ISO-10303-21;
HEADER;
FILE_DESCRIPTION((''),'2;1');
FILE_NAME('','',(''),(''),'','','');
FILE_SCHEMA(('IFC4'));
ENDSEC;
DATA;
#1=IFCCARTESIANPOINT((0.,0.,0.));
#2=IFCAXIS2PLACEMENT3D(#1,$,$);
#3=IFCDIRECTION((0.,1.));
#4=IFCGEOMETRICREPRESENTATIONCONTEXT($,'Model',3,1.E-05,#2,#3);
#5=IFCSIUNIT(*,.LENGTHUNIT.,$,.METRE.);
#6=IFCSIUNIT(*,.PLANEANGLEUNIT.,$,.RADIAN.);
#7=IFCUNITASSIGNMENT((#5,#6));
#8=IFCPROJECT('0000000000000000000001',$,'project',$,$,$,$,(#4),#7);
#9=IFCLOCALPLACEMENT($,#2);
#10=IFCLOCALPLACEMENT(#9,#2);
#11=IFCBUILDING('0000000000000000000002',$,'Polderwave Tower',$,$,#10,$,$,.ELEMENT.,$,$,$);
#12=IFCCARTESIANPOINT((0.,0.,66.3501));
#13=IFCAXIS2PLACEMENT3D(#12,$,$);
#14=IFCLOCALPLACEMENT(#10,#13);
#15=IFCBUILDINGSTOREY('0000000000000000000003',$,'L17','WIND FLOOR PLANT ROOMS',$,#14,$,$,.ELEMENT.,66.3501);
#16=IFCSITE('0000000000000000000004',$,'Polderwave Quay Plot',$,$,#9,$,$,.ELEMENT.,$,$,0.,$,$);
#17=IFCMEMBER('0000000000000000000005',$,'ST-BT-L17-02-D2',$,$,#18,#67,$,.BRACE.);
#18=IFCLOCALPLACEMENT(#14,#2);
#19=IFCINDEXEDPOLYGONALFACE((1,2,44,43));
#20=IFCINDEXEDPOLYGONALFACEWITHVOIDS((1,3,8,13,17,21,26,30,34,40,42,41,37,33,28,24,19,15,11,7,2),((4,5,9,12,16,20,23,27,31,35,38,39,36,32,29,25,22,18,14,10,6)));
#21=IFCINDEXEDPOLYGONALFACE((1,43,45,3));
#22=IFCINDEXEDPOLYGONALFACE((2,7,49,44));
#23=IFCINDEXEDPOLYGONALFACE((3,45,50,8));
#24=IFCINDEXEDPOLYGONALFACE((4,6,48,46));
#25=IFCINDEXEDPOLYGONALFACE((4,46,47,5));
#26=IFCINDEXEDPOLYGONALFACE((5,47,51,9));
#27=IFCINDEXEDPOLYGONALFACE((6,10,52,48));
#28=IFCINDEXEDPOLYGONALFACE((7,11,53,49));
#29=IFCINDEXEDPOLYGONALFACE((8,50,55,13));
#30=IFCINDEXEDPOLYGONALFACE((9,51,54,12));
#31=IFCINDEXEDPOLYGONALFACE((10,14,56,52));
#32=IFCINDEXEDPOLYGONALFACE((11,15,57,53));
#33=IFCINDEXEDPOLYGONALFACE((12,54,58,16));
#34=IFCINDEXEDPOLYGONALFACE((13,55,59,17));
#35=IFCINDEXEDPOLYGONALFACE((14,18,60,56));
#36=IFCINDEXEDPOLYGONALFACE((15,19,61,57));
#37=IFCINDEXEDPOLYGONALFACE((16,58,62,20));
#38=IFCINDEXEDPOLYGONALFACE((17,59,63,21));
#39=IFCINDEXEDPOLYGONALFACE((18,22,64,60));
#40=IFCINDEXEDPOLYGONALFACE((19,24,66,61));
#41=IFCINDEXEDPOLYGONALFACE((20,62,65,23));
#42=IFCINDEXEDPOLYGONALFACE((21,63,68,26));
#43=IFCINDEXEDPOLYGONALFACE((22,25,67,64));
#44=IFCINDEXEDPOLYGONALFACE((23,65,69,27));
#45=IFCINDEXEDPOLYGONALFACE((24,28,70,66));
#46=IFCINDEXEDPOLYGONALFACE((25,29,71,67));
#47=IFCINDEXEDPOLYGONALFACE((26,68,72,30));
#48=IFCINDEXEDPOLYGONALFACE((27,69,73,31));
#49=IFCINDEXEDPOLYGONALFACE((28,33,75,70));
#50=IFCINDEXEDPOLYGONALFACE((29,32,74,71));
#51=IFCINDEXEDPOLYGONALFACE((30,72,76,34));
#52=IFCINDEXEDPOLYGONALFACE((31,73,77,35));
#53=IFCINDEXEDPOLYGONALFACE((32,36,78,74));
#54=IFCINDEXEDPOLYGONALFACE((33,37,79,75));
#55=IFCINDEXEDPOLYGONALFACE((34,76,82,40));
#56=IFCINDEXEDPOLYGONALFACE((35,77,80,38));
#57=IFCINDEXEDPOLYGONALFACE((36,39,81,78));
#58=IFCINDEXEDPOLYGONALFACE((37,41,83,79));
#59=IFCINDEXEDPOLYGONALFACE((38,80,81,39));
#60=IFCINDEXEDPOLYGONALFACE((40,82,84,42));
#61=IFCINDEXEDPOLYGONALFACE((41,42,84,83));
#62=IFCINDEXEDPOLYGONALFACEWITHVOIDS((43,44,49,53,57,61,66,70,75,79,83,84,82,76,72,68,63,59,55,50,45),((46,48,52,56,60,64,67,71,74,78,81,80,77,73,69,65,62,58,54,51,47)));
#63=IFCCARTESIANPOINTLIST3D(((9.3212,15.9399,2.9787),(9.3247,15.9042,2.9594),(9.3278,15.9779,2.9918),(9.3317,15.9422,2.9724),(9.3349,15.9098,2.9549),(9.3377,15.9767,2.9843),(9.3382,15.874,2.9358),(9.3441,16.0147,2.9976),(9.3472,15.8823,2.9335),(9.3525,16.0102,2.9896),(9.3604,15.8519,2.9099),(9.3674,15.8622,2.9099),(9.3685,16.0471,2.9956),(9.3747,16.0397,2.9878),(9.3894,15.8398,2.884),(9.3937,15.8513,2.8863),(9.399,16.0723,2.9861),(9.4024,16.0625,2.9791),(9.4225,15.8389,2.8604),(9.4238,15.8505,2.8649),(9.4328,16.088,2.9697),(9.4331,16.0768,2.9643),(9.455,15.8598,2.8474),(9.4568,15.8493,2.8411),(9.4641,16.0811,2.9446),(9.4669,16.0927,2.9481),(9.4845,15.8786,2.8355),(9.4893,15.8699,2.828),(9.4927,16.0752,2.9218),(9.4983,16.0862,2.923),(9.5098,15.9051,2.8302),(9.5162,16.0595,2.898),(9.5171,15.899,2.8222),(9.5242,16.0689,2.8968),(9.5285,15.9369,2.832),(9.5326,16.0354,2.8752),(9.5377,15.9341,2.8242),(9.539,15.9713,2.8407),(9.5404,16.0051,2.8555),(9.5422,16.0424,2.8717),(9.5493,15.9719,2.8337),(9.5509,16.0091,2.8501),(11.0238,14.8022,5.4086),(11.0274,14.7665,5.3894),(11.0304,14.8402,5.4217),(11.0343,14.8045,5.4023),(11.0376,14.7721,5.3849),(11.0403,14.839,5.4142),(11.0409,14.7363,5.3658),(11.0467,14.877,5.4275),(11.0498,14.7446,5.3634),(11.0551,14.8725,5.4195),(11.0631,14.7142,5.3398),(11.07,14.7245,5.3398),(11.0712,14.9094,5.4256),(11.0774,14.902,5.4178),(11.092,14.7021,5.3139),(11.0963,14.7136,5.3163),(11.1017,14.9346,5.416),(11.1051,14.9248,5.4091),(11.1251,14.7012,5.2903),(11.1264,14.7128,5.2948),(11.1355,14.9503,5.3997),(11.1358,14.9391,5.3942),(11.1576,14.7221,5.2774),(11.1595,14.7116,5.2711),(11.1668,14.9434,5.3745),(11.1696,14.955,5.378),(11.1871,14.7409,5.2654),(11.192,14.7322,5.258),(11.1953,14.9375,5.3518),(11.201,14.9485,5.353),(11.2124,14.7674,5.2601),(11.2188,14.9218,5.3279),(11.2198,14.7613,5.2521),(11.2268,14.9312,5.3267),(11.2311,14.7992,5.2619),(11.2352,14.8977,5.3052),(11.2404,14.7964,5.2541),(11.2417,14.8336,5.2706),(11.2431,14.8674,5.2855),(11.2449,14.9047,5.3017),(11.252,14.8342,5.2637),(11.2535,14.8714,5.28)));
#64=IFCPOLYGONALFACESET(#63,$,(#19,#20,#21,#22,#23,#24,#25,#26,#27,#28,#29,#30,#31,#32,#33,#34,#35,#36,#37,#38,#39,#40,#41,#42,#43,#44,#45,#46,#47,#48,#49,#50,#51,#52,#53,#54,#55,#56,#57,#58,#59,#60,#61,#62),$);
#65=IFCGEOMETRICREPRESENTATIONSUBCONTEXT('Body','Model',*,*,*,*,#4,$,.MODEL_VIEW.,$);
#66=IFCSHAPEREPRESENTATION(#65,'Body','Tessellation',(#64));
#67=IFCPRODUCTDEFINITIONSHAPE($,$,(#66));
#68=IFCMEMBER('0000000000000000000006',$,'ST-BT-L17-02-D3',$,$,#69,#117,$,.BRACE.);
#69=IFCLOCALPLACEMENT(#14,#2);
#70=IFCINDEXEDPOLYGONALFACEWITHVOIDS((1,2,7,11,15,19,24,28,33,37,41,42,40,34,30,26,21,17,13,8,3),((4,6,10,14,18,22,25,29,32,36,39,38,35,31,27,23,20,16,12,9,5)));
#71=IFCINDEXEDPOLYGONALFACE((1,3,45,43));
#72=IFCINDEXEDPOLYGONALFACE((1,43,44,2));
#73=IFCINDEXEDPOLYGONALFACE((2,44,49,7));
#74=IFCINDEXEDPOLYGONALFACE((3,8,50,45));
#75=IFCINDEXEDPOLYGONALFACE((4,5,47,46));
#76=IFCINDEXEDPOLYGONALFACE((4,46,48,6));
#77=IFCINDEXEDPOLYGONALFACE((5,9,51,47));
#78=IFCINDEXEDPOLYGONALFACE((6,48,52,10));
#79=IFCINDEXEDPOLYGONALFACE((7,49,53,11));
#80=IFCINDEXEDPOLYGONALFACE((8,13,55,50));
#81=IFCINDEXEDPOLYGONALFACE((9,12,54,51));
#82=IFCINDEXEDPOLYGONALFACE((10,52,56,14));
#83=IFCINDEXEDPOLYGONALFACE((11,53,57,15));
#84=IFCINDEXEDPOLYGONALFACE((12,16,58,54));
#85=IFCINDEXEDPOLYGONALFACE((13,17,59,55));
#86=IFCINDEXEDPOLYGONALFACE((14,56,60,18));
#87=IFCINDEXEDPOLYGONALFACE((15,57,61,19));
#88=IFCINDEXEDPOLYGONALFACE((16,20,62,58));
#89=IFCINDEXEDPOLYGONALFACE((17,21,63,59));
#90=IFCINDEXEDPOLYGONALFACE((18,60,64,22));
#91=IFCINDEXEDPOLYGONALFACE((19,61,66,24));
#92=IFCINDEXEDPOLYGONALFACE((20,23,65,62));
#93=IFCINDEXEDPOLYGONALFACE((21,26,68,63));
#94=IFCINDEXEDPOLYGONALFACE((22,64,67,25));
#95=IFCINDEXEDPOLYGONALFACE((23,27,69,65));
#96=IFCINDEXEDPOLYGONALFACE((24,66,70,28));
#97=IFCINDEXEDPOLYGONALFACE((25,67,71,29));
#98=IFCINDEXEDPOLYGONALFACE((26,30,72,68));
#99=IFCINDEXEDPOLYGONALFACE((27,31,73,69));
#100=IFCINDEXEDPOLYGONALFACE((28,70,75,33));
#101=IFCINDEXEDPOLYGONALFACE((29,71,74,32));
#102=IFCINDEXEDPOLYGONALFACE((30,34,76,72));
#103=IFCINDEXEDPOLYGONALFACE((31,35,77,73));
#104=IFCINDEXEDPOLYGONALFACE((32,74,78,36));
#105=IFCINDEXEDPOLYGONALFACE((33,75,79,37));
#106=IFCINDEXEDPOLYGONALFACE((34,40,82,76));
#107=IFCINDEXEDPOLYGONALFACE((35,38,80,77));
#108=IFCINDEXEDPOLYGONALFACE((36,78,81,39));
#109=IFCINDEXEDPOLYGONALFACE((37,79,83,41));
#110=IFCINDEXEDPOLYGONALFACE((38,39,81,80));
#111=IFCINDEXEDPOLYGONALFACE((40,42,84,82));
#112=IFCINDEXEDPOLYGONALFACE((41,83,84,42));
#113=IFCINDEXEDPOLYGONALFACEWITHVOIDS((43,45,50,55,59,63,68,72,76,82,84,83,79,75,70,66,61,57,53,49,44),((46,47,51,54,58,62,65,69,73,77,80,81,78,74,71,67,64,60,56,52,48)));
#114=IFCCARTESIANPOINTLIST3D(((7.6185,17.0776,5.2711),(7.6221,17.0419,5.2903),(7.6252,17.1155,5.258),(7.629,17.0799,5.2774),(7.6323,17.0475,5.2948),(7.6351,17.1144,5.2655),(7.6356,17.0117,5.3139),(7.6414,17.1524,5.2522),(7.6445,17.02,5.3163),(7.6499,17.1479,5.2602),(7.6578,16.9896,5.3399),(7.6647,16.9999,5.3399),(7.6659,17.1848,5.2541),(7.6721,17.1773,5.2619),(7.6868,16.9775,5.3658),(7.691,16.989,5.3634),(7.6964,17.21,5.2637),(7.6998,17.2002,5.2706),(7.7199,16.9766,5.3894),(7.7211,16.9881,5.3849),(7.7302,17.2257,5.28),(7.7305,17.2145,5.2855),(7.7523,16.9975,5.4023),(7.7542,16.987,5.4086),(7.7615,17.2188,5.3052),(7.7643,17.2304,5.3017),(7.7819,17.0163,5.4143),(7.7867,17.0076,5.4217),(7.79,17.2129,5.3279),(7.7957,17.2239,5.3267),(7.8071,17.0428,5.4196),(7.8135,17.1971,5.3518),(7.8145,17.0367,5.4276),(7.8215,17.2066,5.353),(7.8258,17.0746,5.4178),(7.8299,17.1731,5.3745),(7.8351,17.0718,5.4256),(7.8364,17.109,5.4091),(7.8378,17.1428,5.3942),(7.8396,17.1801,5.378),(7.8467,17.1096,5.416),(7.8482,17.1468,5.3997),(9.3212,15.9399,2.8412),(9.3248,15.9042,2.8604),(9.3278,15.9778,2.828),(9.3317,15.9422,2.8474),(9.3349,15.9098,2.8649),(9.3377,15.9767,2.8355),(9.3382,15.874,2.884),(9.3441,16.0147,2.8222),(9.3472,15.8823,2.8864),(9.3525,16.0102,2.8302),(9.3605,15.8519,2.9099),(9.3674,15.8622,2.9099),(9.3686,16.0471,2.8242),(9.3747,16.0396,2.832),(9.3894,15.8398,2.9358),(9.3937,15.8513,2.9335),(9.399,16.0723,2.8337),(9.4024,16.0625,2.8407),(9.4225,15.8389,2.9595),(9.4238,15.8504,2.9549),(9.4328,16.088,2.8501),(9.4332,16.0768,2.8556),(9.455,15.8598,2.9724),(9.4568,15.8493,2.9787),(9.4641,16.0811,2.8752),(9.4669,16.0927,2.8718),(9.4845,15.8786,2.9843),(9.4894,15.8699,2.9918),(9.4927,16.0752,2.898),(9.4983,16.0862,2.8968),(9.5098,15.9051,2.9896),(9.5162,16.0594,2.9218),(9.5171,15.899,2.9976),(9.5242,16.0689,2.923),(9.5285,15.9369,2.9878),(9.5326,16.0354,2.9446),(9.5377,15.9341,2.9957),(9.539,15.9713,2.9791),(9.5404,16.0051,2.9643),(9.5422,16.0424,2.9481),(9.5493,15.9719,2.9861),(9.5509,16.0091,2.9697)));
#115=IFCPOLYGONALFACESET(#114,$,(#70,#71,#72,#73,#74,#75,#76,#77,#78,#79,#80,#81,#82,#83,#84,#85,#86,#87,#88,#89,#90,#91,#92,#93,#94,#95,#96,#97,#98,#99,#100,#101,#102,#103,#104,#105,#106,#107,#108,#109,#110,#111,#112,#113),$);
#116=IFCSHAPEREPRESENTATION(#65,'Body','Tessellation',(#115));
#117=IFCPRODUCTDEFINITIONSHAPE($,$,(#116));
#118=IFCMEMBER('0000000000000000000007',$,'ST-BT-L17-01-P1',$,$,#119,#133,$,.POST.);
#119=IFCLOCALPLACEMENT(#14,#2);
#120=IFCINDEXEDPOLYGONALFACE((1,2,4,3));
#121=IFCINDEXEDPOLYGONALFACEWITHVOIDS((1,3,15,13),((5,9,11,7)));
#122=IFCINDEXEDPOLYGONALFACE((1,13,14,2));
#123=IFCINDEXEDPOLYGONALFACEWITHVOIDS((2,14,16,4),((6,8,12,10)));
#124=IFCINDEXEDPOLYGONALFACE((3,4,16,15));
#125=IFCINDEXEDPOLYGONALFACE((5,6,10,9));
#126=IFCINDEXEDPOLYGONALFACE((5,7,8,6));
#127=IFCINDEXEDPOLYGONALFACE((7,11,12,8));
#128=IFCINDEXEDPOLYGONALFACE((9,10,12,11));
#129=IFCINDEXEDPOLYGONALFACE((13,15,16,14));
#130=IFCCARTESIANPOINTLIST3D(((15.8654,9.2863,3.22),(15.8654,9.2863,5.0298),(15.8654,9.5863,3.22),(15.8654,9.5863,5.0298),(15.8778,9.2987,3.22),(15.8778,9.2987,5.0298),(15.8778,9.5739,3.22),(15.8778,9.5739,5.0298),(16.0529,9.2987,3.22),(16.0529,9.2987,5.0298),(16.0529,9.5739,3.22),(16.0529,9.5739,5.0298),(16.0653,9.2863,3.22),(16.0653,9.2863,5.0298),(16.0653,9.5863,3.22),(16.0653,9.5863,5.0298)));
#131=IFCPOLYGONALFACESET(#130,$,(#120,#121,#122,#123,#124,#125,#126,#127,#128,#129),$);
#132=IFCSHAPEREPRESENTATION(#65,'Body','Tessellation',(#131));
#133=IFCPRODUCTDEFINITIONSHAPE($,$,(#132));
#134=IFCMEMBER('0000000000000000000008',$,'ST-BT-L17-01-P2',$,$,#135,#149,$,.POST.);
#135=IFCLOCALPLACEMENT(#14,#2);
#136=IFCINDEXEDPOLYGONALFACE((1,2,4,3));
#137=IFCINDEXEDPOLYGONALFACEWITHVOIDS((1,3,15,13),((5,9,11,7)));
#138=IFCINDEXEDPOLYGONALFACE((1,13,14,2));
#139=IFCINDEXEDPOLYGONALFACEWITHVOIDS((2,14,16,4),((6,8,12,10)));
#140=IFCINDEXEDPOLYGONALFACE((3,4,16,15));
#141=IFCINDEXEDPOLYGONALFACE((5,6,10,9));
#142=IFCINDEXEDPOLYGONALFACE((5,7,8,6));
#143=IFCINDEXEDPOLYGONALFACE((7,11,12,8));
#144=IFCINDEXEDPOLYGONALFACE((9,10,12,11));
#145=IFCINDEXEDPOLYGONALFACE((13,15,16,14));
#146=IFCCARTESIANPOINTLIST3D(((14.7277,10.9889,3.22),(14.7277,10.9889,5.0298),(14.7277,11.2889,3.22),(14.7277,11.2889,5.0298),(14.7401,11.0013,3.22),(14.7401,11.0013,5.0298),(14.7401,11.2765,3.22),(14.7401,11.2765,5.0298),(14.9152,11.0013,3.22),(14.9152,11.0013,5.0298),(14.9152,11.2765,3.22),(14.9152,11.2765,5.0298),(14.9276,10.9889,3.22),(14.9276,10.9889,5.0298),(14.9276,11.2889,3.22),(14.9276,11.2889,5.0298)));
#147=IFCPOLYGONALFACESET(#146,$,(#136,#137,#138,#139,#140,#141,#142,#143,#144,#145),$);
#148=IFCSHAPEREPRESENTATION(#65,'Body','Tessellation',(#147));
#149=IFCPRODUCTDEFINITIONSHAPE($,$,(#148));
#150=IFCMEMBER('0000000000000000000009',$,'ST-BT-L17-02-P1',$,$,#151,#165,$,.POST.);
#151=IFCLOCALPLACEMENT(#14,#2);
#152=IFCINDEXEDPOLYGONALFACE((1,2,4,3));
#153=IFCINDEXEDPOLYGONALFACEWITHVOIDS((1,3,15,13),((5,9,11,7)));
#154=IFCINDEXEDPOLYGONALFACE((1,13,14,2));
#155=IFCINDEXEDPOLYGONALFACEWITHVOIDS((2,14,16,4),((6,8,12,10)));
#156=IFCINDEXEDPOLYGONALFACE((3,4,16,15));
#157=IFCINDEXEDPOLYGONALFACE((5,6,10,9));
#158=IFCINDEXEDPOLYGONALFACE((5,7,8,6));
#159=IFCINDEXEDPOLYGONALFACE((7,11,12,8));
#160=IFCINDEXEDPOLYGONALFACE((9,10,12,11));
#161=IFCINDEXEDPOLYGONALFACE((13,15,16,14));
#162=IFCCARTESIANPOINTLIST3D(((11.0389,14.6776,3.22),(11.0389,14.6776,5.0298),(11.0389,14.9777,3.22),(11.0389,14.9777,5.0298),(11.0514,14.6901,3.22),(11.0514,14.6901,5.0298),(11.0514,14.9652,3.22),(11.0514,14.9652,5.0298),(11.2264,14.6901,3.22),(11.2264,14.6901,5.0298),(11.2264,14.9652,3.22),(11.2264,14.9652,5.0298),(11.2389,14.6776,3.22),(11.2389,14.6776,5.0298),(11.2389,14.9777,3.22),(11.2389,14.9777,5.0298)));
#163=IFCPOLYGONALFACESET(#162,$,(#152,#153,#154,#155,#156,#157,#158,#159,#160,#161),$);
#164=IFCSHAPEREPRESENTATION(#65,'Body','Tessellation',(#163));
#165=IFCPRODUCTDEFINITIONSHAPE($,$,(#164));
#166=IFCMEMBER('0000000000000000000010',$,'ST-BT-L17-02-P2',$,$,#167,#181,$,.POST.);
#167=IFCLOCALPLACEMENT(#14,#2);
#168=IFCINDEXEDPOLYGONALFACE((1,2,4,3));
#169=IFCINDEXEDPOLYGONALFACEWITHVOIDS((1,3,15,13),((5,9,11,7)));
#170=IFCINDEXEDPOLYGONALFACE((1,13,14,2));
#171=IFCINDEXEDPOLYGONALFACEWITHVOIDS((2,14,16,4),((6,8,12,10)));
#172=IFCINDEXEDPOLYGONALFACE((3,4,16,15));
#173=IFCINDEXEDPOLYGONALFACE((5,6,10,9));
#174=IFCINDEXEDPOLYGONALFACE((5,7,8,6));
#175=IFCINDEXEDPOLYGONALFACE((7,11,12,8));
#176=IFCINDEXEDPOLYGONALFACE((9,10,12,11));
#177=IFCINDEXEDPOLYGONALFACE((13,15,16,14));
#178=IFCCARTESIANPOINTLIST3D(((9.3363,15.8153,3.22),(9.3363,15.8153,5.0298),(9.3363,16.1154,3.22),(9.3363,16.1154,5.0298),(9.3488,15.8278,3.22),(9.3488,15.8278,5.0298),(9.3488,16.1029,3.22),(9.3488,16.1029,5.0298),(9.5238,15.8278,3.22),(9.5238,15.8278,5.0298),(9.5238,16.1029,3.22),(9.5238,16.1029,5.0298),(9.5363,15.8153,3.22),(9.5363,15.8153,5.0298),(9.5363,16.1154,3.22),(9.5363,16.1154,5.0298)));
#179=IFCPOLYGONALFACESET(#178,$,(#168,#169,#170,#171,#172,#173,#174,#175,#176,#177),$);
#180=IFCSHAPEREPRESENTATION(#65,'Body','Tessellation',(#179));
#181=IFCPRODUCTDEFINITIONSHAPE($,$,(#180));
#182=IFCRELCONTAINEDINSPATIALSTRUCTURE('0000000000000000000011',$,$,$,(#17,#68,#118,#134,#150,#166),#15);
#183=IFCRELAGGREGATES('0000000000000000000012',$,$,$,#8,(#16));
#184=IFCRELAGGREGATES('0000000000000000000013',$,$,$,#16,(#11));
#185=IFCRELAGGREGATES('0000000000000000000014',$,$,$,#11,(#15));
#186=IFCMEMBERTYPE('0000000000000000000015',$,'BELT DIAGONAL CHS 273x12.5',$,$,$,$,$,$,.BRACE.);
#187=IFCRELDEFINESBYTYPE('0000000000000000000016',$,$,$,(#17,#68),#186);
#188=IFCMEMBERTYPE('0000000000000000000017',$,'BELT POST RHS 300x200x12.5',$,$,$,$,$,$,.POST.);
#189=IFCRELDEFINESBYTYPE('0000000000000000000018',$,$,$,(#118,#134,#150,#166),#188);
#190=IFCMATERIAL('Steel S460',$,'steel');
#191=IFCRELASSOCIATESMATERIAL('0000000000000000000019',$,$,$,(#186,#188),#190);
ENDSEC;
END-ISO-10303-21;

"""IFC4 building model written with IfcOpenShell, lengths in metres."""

from ifc_helpers import new_model, si_unit, direction, frame, origin, origin_2d, place, context, subcontext, project, spatial, hollow_rectangle, hollow_circle, extrude, material, material_profile, profile_set, type_object, element, save


model = new_model("IFC4")

# Units and contexts
model_context = context("Model", 3, precision=1e-05, world=origin(), true_north=direction((0.0, 1.0)))
body_context = subcontext(model_context, "Body", "Model", "MODEL_VIEW")
ifc_project = project(units=[si_unit("LENGTHUNIT", "METRE"), si_unit("PLANEANGLEUNIT", "RADIAN")], contexts=[model_context])

# Site, building, storey
site_placement = place(None, origin())
site = spatial("IfcSite", under=ifc_project, at=site_placement, Name="Polderwave Quay Plot", CompositionType="ELEMENT", RefElevation=0.0)
building_placement = place(site_placement, origin())
building = spatial("IfcBuilding", under=site, at=building_placement, Name="Polderwave Tower", CompositionType="ELEMENT")
storey_placement = place(building_placement, frame((0.0, 0.0, 66.3501)))
storey = spatial("IfcBuildingStorey", under=building, at=storey_placement, Name="L17", Description="WIND FLOOR PLANT ROOMS", CompositionType="ELEMENT", Elevation=66.3501)

# Members
ifc_material_1 = material(Name="Steel S460", Category="steel")
ifc_material_profile_1 = material_profile(ifc_material_1, hollow_circle(Radius=0.1365, WallThickness=0.0125, at=origin_2d()), Name="CHS 273x12.5")
ifc_profile_set_1 = profile_set([ifc_material_profile_1], Name="Steel S460")
member_type_1 = type_object("IfcMemberType", Name="BELT DIAGONAL CHS 273x12.5", PredefinedType="BRACE", material=ifc_profile_set_1)
for number, where, z_axis, x_axis, name in (
    (1, (11.1389, 14.8276, 5.3398), (-0.535805, 0.358023, -0.764678), (-0.55558, -0.831463, 0.0), "ST-BT-L17-02-D2"),
    (2, (9.4363, 15.9653, 2.9099), (-0.535805, 0.358023, 0.764678), (-0.55558, -0.831463, 0.0), "ST-BT-L17-02-D3"),
):
    element("IfcMember", number, at=place(storey_placement, frame(where, z_axis=z_axis, x_axis=x_axis)), inside=storey, type_object=member_type_1, Name=name, PredefinedType="BRACE", context=body_context, shape_type="SweptSolid", body=[
        extrude(hollow_circle(Radius=0.1365, WallThickness=0.0125, at=origin_2d()), origin(), (0.0, 0.0, 1.0), 3.1777),
    ])
ifc_material_profile_2 = material_profile(ifc_material_1, hollow_rectangle(XDim=0.2, YDim=0.3, WallThickness=0.0125, at=origin_2d()), Name="RHS 300x200x12.5")
ifc_profile_set_2 = profile_set([ifc_material_profile_2], Name="Steel S460")
member_type_2 = type_object("IfcMemberType", Name="BELT POST RHS 300x200x12.5", PredefinedType="POST", material=ifc_profile_set_2)
for number, where, z_axis, x_axis, name in (
    (3, (15.9653, 9.4363, 3.22), (0.0, 0.0, 1.0), (1.0, 0.0, 0.0), "ST-BT-L17-01-P1"),
    (4, (14.8276, 11.1389, 3.22), (0.0, 0.0, 1.0), (1.0, 0.0, 0.0), "ST-BT-L17-01-P2"),
    (5, (11.1389, 14.8276, 3.22), (0.0, 0.0, 1.0), (1.0, 0.0, 0.0), "ST-BT-L17-02-P1"),
    (6, (9.4363, 15.9653, 3.22), (0.0, 0.0, 1.0), (1.0, 0.0, 0.0), "ST-BT-L17-02-P2"),
):
    element("IfcMember", number, at=place(storey_placement, frame(where, z_axis=z_axis, x_axis=x_axis)), inside=storey, type_object=member_type_2, Name=name, PredefinedType="POST", context=body_context, shape_type="SweptSolid", body=[
        extrude(hollow_rectangle(XDim=0.2, YDim=0.3, WallThickness=0.0125, at=origin_2d()), origin(), (0.0, 0.0, 1.0), 1.8098),
    ])

save(model, "model.ifc")
